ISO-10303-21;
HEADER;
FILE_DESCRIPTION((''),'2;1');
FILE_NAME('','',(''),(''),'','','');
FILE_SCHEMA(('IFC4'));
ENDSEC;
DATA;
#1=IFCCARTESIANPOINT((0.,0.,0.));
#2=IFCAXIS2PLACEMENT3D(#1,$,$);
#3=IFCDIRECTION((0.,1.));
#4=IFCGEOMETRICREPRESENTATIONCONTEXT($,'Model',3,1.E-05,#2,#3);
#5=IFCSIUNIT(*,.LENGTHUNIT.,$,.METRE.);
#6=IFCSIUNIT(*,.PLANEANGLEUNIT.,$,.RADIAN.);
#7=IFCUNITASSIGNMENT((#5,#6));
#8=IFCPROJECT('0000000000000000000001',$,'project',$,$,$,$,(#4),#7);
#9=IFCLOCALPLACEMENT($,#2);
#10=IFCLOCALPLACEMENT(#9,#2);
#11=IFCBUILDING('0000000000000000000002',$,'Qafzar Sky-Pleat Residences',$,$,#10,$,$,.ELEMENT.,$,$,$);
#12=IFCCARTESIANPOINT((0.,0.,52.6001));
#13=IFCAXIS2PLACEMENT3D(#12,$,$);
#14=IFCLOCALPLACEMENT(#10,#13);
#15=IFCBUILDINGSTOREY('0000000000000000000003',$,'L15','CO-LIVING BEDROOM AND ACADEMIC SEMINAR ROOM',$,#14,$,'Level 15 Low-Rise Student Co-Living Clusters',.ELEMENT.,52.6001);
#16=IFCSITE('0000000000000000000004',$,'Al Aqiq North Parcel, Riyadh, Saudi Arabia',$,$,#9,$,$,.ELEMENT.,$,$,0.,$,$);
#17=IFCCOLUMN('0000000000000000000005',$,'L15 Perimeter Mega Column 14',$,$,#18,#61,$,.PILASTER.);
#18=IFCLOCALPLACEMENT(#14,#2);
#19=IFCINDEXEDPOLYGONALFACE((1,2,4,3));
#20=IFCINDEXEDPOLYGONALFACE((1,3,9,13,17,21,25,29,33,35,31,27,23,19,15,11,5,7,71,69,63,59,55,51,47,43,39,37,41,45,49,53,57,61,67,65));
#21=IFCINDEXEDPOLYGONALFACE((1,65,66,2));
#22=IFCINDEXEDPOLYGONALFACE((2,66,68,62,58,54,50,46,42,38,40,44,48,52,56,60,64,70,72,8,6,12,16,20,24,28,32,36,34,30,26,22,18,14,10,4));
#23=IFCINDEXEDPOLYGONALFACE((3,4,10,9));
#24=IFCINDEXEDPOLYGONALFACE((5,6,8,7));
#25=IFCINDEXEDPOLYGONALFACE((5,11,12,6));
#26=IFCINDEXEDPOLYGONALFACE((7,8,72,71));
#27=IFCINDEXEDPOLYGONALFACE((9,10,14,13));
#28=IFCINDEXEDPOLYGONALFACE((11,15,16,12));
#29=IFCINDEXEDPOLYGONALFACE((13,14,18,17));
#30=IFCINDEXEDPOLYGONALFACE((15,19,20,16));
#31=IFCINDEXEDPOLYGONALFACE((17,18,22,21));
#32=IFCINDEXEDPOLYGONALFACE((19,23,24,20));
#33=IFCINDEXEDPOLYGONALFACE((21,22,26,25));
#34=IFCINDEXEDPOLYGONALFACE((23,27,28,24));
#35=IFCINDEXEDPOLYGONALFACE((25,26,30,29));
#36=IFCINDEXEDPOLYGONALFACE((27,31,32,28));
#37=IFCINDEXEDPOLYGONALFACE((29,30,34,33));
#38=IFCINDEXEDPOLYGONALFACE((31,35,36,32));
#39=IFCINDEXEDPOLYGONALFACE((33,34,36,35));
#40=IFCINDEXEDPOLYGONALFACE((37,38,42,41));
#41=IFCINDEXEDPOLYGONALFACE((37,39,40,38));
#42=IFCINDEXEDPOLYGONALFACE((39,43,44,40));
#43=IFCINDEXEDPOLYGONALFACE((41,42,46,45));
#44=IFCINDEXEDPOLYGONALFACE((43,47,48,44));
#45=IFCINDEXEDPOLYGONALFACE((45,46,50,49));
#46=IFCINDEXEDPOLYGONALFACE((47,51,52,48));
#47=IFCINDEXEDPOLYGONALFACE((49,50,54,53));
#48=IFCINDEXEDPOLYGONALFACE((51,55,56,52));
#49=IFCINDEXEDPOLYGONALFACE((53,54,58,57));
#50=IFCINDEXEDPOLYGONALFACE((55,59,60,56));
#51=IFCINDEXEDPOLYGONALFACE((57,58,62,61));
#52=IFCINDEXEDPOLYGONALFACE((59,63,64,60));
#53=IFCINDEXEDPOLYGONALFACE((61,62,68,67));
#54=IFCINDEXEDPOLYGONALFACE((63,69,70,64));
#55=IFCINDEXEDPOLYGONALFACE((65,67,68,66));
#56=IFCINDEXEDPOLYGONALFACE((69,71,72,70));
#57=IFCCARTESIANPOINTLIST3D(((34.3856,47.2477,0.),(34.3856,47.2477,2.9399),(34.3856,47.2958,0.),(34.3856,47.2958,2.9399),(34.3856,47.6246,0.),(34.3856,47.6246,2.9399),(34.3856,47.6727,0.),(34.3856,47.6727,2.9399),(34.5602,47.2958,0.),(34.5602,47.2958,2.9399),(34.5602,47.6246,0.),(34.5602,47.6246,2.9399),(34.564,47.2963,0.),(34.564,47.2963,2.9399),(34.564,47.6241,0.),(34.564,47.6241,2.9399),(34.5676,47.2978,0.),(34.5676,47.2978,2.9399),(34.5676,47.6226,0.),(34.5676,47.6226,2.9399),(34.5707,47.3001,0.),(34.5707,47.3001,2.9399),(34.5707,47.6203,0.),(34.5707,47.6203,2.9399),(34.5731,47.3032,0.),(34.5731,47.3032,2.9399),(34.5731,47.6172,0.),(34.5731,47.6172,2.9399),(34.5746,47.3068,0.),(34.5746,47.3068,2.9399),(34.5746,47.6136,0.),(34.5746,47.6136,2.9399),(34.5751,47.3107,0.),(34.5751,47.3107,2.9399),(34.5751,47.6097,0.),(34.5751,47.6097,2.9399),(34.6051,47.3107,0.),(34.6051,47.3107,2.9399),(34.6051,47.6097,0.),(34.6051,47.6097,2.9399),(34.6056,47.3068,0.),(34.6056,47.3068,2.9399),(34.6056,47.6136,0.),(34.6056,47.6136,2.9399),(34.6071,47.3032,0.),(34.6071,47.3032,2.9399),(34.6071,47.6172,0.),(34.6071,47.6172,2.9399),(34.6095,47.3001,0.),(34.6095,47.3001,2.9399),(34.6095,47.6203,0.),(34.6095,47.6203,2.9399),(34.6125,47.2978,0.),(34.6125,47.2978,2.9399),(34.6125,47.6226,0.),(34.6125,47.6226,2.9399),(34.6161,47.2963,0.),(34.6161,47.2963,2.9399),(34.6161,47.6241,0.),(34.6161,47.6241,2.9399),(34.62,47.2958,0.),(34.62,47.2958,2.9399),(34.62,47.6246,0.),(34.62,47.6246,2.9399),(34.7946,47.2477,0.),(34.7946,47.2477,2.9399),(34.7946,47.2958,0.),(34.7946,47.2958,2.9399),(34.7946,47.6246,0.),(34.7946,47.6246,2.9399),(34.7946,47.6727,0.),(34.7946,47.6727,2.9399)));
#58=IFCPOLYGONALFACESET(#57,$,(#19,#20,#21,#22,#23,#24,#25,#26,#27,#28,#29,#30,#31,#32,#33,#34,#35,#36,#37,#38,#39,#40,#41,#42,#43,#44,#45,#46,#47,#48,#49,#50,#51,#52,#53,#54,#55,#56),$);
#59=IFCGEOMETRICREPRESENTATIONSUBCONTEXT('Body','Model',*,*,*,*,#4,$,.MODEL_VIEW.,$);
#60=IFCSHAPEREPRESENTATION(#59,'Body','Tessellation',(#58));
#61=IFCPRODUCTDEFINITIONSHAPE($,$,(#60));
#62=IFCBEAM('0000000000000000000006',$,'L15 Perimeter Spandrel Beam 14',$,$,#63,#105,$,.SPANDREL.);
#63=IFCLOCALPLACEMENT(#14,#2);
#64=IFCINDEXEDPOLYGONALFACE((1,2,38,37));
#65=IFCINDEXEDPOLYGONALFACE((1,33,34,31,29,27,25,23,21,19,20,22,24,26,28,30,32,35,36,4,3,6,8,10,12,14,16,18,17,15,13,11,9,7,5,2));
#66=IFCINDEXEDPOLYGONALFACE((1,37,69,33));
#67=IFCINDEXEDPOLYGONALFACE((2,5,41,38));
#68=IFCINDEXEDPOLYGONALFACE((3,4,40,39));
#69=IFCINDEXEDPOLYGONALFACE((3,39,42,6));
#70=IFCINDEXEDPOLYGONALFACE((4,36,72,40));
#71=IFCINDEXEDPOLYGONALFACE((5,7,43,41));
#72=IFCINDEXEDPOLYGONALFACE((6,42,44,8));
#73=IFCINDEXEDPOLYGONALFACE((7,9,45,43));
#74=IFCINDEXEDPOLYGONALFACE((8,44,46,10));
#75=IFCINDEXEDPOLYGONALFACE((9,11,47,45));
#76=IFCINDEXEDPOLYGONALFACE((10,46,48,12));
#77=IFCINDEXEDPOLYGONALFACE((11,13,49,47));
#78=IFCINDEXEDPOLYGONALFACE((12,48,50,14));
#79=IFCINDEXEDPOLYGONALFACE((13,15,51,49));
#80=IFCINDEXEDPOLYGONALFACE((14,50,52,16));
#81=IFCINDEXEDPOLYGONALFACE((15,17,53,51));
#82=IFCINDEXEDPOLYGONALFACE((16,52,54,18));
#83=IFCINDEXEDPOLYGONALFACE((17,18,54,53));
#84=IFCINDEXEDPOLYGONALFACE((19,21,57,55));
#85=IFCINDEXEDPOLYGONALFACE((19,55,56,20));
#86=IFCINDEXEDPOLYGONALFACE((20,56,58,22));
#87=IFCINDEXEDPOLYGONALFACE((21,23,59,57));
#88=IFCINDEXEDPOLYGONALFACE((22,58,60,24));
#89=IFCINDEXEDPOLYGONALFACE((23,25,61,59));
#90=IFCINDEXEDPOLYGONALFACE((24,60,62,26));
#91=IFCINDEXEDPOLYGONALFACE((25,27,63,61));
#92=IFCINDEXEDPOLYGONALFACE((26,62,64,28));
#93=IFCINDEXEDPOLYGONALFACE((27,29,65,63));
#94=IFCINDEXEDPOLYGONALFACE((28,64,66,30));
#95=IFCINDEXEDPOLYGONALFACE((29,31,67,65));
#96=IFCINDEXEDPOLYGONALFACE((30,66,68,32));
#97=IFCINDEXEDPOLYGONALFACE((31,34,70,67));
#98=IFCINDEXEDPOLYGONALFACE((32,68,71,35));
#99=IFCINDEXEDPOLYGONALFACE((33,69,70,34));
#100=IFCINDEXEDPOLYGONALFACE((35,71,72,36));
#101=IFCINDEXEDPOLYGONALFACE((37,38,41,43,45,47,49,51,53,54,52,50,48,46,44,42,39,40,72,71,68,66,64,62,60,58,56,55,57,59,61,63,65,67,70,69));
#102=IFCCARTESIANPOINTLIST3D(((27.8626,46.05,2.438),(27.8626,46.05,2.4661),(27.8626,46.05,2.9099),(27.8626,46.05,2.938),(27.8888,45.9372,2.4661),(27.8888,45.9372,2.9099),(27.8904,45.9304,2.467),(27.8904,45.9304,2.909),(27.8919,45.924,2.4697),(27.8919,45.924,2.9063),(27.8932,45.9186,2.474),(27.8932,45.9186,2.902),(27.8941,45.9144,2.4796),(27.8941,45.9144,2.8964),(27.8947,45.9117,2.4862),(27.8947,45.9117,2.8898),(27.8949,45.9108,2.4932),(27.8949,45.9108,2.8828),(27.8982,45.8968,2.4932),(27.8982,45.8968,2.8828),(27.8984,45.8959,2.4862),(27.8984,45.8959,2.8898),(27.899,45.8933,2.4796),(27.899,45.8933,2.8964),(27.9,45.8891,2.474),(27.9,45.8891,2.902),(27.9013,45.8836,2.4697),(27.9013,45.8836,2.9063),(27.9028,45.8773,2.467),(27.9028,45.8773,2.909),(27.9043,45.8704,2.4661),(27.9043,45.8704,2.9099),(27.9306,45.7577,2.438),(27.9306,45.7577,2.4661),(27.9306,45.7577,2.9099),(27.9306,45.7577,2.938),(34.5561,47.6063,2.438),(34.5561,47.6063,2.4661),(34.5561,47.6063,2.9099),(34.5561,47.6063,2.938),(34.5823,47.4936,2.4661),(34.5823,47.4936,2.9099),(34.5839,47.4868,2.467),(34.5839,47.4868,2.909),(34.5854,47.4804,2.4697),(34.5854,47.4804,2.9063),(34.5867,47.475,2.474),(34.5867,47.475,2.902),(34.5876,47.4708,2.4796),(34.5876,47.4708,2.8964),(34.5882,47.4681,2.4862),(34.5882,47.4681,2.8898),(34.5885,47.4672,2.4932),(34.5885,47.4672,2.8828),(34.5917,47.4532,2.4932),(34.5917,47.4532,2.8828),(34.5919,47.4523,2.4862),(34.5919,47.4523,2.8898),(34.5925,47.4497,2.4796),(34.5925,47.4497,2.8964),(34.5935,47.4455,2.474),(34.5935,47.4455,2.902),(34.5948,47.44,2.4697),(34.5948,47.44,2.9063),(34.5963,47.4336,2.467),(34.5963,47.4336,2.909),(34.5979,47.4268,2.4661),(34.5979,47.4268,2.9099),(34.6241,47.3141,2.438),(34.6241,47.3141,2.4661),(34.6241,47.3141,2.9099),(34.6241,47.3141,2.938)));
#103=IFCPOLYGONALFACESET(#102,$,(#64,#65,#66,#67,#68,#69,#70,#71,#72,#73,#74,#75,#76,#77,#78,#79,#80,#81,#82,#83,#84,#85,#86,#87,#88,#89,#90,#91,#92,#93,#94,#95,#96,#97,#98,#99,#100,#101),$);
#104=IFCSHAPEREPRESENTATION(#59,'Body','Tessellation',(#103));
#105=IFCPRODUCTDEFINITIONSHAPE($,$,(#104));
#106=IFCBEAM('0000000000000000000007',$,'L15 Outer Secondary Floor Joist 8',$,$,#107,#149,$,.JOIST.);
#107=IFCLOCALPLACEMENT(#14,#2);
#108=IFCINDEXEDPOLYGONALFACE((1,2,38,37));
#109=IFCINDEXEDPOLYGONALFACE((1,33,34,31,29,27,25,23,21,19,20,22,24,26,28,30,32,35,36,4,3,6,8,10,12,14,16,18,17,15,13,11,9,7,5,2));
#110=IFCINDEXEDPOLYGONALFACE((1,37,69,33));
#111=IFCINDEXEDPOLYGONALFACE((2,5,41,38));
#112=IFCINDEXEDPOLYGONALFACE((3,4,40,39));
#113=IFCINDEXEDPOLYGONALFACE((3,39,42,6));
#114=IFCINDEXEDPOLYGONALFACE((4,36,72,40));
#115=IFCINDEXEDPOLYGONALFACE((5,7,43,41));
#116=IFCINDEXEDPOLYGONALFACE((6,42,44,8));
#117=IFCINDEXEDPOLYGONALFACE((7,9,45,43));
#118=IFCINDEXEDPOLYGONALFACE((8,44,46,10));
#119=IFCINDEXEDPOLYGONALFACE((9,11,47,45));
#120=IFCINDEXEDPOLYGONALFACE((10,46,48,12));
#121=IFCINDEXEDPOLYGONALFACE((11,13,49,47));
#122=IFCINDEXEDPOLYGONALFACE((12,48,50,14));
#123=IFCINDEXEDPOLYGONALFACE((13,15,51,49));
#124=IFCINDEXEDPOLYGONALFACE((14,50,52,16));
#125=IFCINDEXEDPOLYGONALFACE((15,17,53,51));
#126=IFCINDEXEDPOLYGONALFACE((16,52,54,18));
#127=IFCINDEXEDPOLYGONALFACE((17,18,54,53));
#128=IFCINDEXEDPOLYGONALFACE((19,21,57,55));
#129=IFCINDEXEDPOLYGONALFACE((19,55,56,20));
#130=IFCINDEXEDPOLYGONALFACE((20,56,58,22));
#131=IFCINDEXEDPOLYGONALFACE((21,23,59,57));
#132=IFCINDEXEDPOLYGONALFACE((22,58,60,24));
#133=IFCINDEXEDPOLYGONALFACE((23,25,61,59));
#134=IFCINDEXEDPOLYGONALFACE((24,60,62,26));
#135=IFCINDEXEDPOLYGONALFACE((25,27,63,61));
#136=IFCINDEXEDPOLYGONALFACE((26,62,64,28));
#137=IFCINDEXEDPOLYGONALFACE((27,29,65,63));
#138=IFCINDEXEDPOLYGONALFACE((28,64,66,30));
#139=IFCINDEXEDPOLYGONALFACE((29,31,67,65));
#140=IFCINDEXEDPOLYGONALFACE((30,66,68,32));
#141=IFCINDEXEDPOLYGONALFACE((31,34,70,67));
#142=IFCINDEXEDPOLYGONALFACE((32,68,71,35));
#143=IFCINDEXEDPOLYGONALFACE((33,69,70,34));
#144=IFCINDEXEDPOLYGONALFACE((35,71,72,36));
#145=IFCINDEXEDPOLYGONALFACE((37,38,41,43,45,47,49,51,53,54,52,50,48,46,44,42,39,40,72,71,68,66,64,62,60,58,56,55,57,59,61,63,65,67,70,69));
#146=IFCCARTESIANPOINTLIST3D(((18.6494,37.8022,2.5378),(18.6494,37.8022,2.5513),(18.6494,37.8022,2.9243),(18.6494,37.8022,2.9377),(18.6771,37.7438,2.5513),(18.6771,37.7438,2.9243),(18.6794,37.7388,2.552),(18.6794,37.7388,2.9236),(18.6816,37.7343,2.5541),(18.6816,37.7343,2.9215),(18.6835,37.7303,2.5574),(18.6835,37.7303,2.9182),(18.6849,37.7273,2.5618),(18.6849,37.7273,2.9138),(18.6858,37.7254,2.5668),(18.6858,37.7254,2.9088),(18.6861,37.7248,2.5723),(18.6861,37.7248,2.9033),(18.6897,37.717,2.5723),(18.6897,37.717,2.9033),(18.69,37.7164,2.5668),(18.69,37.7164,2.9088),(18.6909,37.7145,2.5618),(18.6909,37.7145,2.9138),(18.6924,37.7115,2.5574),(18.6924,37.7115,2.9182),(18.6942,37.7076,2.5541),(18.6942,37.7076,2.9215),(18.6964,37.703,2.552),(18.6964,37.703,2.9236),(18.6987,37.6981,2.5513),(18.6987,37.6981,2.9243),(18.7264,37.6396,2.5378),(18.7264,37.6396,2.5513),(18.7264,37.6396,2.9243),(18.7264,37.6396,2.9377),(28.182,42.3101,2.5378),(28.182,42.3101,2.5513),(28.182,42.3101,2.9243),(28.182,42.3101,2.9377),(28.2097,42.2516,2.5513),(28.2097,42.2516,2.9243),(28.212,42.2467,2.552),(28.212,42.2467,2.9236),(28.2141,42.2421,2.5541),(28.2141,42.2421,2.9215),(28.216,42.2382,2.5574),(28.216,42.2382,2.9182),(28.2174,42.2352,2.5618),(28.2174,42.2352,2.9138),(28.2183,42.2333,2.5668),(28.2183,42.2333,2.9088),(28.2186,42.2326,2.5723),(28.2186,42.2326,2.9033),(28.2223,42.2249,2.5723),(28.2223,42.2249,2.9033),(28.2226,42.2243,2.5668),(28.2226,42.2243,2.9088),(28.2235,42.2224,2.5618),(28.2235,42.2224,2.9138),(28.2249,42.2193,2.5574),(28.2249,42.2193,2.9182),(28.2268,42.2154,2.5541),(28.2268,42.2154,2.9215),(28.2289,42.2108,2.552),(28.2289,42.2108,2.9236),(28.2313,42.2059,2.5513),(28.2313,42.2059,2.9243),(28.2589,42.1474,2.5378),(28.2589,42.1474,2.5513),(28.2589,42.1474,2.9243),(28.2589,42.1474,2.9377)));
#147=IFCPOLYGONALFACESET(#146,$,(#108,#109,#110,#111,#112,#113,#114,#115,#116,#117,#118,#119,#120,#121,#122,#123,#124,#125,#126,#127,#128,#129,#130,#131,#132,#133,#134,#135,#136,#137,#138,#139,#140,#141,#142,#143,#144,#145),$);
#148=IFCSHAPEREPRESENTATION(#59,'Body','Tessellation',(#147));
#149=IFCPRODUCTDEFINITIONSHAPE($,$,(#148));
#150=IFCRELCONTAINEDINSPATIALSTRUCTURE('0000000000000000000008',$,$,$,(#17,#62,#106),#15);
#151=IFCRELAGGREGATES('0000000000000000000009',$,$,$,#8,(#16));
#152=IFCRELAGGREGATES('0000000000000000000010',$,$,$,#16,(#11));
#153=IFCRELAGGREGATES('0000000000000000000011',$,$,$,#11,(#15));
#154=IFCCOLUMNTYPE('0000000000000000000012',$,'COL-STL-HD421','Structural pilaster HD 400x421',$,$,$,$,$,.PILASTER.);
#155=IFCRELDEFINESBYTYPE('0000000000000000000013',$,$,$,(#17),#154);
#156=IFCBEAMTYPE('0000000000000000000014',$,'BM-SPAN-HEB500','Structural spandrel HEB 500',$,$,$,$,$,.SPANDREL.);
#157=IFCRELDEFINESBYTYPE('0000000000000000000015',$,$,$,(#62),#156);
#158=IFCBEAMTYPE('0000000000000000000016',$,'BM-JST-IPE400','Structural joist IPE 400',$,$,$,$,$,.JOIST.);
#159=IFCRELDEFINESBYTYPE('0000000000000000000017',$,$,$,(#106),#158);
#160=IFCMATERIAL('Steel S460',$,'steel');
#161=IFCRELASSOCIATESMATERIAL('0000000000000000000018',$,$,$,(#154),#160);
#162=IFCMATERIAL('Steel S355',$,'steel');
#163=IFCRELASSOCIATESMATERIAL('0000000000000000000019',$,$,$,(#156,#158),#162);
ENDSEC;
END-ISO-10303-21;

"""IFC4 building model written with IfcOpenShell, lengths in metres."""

from ifc_helpers import new_model, si_unit, direction, frame, origin, origin_2d, place, context, subcontext, project, spatial, i_section, extrude, source, transform, mapped, material, material_profile, profile_set, type_object, element, save


model = new_model("IFC4")

# Units and contexts
model_context = context("Model", 3, precision=1e-05, world=origin(), true_north=direction((0.0, 1.0)))
body_context = subcontext(model_context, "Body", "Model", "MODEL_VIEW")
ifc_project = project(units=[si_unit("LENGTHUNIT", "METRE"), si_unit("PLANEANGLEUNIT", "RADIAN")], contexts=[model_context])

# Site, building, storey
site_placement = place(None, origin())
site = spatial("IfcSite", under=ifc_project, at=site_placement, Name="Al Aqiq North Parcel, Riyadh, Saudi Arabia", CompositionType="ELEMENT", RefElevation=0.0)
building_placement = place(site_placement, origin())
building = spatial("IfcBuilding", under=site, at=building_placement, Name="Qafzar Sky-Pleat Residences", CompositionType="ELEMENT")
storey_placement = place(building_placement, frame((0.0, 0.0, 52.6001)))
storey = spatial("IfcBuildingStorey", under=building, at=storey_placement, Name="L15", Description="CO-LIVING BEDROOM AND ACADEMIC SEMINAR ROOM", LongName="Level 15 Low-Rise Student Co-Living Clusters", CompositionType="ELEMENT", Elevation=52.6001)

# Column
ifc_material_1 = material(Name="Steel S460", Category="steel")
ifc_material_profile_1 = material_profile(ifc_material_1, i_section(OverallWidth=0.4089, OverallDepth=0.425, WebThickness=0.03, FlangeThickness=0.0481, FilletRadius=0.0149, at=origin_2d()), Name="HD 400x421")
ifc_profile_set_1 = profile_set([ifc_material_profile_1], Name="Steel S460")
column_type = type_object("IfcColumnType", Name="COL-STL-HD421", Description="Structural pilaster HD 400x421", PredefinedType="PILASTER", material=ifc_profile_set_1)
shared_shape_1 = source(origin(), body_context, "Body", "SweptSolid", [
    extrude(i_section(OverallWidth=0.4089, OverallDepth=0.425, WebThickness=0.03, FlangeThickness=0.0481, FilletRadius=0.0149, at=origin_2d()), origin(), (0.0, 0.0, 1.0), 2.9399),
])
column_placement = place(storey_placement, frame((34.5901, 47.4602, 0.0), z_axis=(0.0, 0.0, 1.0), x_axis=(1.0, 0.0, 0.0)))
element("IfcColumn", 1, at=column_placement, inside=storey, type_object=column_type, Name="L15 Perimeter Mega Column 14", PredefinedType="PILASTER", context=body_context, shape_type="MappedRepresentation", body=[
    mapped(shared_shape_1, transform((0.0, 0.0, 0.0), x_axis=(1.0, 0.0, 0.0), y_axis=(0.0, 1.0, 0.0), z_axis=(0.0, 0.0, 1.0), scale=1.0)),
])

# Beams
ifc_material_2 = material(Name="Steel S355", Category="steel")
ifc_material_profile_2 = material_profile(ifc_material_2, i_section(OverallWidth=0.3, OverallDepth=0.5, WebThickness=0.0144, FlangeThickness=0.0281, FilletRadius=0.0271, at=origin_2d()), Name="HEB 500")
ifc_profile_set_2 = profile_set([ifc_material_profile_2], Name="Steel S355")
beam_type_1 = type_object("IfcBeamType", Name="BM-SPAN-HEB500", Description="Structural spandrel HEB 500", PredefinedType="SPANDREL", material=ifc_profile_set_2)
shared_shape_2 = source(origin(), body_context, "Body", "SweptSolid", [
    extrude(i_section(OverallWidth=0.3, OverallDepth=0.5, WebThickness=0.0144, FlangeThickness=0.0281, FilletRadius=0.0271, at=origin_2d()), origin(), (0.0, 0.0, 1.0), 6.8721),
])
beam_1_placement = place(storey_placement, frame((34.5901, 47.4602, 2.688), z_axis=(-0.974016, -0.226478, 0.0), x_axis=(0.226478, -0.974016, 0.0)))
element("IfcBeam", 2, at=beam_1_placement, inside=storey, type_object=beam_type_1, Name="L15 Perimeter Spandrel Beam 14", PredefinedType="SPANDREL", context=body_context, shape_type="MappedRepresentation", body=[
    mapped(shared_shape_2, transform((0.0, 0.0, 0.0), x_axis=(1.0, 0.0, 0.0), y_axis=(0.0, 1.0, 0.0), z_axis=(0.0, 0.0, 1.0), scale=1.0)),
])
ifc_material_profile_3 = material_profile(ifc_material_2, i_section(OverallWidth=0.1799, OverallDepth=0.3999, WebThickness=0.0085, FlangeThickness=0.0134, FilletRadius=0.021, at=origin_2d()), Name="IPE 400")
ifc_profile_set_3 = profile_set([ifc_material_profile_3], Name="Steel S355")
beam_type_2 = type_object("IfcBeamType", Name="BM-JST-IPE400", Description="Structural joist IPE 400", PredefinedType="JOIST", material=ifc_profile_set_3)
shared_shape_3 = source(origin(), body_context, "Body", "SweptSolid", [
    extrude(i_section(OverallWidth=0.1799, OverallDepth=0.3999, WebThickness=0.0085, FlangeThickness=0.0134, FilletRadius=0.021, at=origin_2d()), origin(), (0.0, 0.0, 1.0), 10.5447),
])
beam_2_placement = place(storey_placement, frame((28.2205, 42.2288, 2.7378), z_axis=(-0.904015, -0.4275, 0.0), x_axis=(0.4275, -0.904015, 0.0)))
element("IfcBeam", 3, at=beam_2_placement, inside=storey, type_object=beam_type_2, Name="L15 Outer Secondary Floor Joist 8", PredefinedType="JOIST", context=body_context, shape_type="MappedRepresentation", body=[
    mapped(shared_shape_3, transform((0.0, 0.0, 0.0), x_axis=(1.0, 0.0, 0.0), y_axis=(0.0, 1.0, 0.0), z_axis=(0.0, 0.0, 1.0), scale=1.0)),
])

save(model, "model.ifc")
